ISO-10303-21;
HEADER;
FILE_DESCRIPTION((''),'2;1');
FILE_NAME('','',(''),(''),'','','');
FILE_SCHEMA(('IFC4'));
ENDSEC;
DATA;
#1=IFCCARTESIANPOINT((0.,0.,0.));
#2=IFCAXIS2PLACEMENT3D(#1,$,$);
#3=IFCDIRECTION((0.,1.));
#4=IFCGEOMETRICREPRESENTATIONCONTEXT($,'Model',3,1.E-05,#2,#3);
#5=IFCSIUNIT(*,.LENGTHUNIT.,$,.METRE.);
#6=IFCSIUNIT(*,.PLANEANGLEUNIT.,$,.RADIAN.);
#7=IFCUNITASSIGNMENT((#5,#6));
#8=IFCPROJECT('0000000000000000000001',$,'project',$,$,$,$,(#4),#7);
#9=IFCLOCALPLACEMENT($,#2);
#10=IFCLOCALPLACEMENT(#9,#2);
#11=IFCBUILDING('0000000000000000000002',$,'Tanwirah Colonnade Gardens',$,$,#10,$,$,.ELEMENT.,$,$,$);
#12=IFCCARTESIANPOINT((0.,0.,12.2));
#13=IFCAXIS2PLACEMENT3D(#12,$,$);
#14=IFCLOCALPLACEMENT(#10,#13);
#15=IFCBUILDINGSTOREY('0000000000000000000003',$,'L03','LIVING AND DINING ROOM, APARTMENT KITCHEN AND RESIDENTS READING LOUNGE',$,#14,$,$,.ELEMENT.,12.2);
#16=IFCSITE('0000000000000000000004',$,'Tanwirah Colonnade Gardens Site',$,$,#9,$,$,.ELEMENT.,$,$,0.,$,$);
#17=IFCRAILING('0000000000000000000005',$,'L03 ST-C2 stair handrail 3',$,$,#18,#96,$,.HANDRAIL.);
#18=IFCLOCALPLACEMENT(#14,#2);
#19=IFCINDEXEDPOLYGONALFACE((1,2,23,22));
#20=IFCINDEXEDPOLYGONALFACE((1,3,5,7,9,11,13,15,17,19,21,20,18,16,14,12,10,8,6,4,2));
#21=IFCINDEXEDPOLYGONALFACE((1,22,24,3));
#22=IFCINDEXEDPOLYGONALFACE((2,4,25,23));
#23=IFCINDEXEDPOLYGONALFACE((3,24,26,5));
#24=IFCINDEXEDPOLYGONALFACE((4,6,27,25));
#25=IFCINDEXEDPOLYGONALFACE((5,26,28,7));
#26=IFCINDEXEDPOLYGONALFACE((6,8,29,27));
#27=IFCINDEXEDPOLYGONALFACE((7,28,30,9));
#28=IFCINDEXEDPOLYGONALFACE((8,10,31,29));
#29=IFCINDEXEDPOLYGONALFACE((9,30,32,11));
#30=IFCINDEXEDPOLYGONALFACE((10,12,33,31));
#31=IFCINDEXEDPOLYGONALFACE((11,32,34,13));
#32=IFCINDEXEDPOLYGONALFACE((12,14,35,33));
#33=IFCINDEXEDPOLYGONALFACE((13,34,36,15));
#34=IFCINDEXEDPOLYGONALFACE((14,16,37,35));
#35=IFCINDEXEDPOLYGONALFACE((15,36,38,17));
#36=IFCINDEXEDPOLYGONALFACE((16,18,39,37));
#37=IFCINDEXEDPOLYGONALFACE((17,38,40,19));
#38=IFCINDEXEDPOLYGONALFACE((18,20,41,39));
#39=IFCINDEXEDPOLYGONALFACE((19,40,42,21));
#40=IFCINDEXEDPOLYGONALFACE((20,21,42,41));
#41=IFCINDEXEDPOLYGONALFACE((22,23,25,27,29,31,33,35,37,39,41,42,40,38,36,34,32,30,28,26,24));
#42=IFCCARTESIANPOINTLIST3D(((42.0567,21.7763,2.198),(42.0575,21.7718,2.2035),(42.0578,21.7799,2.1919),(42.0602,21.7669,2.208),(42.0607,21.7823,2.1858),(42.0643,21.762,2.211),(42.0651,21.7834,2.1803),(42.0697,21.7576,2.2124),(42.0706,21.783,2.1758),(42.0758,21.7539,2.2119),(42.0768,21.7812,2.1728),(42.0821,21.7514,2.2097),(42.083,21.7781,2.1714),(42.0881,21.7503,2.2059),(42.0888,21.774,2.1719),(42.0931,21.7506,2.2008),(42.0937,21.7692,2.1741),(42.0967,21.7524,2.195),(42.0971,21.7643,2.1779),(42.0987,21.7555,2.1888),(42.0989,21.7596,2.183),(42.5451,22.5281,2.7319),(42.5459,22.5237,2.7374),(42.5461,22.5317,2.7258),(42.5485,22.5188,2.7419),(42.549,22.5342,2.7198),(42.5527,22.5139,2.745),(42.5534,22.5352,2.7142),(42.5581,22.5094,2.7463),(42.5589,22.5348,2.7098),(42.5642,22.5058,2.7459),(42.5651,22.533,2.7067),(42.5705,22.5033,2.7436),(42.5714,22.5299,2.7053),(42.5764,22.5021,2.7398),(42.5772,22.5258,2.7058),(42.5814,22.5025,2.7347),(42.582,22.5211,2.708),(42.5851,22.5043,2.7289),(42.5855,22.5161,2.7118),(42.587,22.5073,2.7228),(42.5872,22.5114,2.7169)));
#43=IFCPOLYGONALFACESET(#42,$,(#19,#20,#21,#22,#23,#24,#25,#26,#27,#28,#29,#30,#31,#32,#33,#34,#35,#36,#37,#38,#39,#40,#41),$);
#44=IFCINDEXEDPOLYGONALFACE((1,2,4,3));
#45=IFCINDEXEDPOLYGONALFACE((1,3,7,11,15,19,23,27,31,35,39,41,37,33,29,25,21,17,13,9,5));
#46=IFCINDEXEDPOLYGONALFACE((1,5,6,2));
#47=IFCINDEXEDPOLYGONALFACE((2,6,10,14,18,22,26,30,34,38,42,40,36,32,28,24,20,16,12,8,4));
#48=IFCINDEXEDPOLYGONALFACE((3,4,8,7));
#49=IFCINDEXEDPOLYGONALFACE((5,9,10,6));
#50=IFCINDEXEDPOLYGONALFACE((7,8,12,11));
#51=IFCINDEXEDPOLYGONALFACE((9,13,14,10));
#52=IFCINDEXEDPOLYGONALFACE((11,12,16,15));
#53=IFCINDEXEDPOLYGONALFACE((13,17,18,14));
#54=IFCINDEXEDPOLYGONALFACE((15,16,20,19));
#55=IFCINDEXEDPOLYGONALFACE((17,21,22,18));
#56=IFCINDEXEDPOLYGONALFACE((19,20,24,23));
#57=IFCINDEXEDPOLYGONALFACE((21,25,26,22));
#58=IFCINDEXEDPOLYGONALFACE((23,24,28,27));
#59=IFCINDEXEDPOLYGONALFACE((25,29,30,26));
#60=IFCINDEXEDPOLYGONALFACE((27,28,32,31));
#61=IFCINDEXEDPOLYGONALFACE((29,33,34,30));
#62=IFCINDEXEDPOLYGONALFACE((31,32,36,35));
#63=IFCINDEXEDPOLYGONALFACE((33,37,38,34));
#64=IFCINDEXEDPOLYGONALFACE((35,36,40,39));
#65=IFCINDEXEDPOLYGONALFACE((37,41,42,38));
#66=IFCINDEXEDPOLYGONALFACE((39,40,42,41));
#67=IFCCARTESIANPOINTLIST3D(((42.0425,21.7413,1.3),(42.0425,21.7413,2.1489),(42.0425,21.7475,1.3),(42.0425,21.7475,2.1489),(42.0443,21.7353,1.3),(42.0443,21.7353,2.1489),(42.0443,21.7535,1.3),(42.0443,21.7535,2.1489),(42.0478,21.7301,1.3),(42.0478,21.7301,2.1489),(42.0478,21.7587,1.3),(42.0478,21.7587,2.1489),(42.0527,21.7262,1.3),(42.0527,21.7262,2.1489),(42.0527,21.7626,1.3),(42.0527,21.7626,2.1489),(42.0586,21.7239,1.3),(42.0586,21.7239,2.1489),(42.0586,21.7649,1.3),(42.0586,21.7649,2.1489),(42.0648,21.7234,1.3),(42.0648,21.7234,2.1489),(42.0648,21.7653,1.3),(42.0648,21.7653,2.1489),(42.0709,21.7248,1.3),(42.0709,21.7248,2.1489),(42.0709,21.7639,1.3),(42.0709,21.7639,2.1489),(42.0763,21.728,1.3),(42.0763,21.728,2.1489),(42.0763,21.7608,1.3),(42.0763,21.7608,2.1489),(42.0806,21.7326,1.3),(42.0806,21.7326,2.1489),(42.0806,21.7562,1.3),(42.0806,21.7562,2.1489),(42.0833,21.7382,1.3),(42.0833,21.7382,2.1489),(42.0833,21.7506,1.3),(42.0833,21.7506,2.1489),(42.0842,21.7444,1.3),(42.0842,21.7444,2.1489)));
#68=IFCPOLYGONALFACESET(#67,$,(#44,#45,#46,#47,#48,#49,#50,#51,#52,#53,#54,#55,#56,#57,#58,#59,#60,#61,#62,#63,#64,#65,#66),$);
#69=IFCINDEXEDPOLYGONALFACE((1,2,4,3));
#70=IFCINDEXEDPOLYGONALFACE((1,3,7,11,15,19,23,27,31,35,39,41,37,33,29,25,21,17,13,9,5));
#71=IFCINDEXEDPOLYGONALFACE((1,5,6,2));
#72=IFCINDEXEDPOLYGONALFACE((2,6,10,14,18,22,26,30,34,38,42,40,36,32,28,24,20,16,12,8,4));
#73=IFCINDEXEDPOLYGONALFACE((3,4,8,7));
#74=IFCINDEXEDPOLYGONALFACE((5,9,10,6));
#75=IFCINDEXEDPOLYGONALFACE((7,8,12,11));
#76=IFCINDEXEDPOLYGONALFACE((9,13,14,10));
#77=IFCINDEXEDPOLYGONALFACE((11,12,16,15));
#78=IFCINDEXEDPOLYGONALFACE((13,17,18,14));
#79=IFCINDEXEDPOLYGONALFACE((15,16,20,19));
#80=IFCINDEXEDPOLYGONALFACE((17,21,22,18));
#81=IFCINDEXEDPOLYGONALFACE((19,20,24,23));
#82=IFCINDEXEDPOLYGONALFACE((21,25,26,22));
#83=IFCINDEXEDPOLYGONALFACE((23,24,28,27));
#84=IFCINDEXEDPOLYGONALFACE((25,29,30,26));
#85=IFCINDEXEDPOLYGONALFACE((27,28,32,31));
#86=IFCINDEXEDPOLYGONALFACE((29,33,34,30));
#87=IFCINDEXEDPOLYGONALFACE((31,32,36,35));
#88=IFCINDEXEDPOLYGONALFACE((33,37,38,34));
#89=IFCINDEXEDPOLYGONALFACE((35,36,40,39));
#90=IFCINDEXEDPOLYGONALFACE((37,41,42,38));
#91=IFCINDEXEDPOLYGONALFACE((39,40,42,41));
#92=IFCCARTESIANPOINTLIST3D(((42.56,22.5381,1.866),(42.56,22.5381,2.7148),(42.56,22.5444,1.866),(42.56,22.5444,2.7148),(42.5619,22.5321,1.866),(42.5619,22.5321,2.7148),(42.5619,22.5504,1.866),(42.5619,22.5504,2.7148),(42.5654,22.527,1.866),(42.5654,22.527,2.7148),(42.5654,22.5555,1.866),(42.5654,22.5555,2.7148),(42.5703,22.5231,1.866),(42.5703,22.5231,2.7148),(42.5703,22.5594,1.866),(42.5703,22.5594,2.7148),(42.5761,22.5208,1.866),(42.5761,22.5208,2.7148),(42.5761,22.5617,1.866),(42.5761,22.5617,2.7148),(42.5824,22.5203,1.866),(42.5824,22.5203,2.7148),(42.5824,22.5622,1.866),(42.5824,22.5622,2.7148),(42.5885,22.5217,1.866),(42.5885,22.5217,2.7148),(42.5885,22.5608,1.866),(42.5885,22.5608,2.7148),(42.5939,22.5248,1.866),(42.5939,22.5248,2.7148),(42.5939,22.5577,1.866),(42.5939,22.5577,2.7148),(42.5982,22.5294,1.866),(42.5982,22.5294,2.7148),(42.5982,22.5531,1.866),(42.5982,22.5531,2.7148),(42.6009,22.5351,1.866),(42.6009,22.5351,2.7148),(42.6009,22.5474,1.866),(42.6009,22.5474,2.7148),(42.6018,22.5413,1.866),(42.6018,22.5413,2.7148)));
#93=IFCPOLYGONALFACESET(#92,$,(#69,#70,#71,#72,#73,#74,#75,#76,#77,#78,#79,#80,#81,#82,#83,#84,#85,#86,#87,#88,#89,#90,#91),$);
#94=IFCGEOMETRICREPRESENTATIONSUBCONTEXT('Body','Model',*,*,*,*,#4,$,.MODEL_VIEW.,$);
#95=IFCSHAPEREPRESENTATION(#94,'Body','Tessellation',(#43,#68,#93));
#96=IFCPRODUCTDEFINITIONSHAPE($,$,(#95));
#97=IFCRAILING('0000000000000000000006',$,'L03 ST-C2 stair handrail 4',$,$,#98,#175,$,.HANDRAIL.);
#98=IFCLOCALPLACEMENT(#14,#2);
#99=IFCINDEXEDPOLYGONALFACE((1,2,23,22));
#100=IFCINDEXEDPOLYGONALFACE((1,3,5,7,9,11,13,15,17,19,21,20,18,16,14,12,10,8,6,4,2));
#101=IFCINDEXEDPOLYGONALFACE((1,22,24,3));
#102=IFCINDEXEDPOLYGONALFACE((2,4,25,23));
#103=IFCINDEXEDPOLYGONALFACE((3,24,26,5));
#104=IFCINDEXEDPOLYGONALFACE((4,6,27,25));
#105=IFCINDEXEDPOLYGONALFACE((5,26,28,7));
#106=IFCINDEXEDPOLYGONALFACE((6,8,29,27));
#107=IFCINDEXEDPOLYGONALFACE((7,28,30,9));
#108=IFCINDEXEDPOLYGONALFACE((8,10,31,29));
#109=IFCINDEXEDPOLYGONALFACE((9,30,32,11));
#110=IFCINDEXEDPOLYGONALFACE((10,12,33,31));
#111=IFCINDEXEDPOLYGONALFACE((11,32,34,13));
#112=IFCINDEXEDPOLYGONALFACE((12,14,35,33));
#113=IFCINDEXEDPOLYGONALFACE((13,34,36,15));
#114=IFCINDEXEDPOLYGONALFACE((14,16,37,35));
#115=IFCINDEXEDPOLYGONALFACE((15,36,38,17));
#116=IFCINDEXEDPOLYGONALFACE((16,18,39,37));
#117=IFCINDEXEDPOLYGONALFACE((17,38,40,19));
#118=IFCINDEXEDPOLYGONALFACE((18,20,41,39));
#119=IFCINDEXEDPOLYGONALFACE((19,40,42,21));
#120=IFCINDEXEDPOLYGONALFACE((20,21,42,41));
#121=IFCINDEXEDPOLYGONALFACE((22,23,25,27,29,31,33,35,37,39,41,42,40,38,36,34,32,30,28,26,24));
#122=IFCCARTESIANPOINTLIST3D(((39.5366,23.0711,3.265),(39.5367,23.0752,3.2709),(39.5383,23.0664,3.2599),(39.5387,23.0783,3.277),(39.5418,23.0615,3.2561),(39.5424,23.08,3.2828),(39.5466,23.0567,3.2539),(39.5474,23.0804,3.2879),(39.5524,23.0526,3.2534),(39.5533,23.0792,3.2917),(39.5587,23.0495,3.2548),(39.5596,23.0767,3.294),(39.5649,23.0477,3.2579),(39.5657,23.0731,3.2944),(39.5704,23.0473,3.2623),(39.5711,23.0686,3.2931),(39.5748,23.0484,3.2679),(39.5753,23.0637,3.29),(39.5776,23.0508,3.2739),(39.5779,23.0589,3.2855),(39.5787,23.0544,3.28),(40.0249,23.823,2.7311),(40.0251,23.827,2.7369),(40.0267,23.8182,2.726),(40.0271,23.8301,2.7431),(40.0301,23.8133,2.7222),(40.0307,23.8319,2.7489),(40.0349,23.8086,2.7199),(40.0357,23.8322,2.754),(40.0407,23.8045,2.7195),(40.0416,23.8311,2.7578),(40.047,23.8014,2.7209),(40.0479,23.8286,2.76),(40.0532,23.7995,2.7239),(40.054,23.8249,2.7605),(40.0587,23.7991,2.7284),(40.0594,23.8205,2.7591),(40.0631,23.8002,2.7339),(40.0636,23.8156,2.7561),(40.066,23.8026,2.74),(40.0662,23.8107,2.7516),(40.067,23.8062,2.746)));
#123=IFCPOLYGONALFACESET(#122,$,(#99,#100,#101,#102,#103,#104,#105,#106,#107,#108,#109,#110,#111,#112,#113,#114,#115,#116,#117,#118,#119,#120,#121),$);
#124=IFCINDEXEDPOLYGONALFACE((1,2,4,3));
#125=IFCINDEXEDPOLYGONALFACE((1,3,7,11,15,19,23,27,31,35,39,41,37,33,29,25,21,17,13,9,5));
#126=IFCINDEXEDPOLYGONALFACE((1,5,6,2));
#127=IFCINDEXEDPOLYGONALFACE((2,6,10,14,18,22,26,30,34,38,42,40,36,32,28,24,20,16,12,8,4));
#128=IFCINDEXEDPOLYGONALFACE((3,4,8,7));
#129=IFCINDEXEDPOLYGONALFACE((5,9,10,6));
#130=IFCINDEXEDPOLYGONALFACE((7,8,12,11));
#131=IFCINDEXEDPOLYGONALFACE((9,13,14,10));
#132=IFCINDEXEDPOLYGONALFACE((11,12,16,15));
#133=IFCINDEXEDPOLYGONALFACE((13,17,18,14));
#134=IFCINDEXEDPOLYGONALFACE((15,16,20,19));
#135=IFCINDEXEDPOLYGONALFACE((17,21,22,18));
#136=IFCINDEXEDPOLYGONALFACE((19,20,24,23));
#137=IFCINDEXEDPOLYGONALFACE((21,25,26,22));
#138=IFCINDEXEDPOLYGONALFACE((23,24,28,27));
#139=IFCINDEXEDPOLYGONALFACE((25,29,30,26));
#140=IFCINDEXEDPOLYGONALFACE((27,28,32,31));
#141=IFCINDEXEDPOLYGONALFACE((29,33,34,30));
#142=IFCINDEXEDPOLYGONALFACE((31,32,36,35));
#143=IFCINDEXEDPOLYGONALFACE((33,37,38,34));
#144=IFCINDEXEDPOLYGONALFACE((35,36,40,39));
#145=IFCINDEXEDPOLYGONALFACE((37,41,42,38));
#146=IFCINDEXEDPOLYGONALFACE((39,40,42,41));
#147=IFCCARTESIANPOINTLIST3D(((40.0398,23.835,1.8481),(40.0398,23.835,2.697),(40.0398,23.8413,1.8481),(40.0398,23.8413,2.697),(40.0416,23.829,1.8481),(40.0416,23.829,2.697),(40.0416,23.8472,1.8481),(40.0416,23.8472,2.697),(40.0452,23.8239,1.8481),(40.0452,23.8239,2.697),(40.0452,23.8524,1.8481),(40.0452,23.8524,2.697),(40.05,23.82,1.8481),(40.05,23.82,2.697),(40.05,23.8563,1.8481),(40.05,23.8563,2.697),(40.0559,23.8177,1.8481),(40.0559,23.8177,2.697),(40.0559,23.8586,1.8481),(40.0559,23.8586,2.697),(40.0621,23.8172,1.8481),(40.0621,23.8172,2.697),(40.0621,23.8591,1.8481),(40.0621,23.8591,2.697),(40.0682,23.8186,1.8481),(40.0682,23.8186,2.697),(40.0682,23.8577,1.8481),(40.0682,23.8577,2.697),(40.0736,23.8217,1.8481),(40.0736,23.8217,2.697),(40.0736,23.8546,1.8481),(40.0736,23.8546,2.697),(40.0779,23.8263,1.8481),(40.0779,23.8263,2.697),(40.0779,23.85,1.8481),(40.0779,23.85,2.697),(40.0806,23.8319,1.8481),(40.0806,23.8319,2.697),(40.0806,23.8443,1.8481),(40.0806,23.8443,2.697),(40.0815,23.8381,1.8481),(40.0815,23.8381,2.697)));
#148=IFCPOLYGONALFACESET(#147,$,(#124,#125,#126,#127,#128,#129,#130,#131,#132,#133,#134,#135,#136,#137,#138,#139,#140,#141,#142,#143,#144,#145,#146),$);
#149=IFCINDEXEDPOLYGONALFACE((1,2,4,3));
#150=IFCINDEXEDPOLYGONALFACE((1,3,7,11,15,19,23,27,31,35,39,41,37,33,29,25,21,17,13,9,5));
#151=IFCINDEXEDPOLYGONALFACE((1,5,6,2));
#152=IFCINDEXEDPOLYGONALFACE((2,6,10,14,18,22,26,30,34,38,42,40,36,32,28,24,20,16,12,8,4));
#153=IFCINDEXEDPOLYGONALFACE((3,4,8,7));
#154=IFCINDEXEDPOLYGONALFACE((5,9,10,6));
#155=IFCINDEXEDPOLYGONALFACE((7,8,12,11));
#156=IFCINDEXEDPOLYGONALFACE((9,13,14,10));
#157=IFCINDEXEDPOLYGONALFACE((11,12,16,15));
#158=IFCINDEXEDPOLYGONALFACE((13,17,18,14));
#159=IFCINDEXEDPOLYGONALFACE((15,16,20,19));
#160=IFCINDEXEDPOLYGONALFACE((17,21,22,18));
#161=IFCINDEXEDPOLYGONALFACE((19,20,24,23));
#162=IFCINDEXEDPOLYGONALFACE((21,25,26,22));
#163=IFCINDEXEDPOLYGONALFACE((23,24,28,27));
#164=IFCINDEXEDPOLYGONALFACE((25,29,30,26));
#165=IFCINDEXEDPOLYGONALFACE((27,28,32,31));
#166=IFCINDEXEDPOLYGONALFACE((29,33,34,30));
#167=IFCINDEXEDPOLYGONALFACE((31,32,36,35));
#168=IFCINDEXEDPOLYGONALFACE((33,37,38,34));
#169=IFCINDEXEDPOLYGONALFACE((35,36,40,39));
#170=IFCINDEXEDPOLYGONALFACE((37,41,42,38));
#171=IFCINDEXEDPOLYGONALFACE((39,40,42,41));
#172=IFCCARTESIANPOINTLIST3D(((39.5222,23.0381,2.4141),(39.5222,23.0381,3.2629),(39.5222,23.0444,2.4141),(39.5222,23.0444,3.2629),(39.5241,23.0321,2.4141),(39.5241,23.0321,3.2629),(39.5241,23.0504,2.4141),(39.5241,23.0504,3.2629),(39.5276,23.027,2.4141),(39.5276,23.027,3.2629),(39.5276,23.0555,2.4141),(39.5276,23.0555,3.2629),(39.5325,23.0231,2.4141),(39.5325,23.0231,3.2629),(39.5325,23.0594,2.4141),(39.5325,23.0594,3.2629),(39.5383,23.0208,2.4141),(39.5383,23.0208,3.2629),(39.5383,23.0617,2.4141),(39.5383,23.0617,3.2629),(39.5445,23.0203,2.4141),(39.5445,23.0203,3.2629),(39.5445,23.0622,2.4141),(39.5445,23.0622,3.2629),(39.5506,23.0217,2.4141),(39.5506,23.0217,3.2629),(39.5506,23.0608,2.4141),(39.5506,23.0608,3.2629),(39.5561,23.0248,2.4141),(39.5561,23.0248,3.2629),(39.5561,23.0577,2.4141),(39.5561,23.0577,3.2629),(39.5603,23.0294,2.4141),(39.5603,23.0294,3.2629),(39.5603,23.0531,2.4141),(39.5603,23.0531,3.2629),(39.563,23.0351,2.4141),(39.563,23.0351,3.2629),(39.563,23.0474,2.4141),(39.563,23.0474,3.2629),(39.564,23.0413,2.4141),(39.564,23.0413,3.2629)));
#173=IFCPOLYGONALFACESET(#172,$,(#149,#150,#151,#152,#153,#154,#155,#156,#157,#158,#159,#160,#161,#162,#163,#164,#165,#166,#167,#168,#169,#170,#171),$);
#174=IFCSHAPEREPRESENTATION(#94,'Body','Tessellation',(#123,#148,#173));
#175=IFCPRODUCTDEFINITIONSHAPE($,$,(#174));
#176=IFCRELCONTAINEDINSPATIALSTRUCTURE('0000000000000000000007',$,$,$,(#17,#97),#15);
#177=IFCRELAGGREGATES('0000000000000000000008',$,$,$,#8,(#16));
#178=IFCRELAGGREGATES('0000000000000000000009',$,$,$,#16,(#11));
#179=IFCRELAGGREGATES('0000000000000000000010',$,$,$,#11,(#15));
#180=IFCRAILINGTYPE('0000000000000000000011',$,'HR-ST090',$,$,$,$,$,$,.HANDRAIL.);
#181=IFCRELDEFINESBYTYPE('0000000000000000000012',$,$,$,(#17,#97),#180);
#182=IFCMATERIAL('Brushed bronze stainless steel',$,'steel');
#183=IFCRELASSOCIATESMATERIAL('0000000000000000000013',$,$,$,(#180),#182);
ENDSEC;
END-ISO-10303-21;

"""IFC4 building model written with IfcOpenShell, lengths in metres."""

from ifc_helpers import new_model, si_unit, direction, frame, origin, origin_2d, place, context, subcontext, project, spatial, circle, extrude, material, type_object, element, save


model = new_model("IFC4")

# Units and contexts
model_context = context("Model", 3, precision=1e-05, world=origin(), true_north=direction((0.0, 1.0)))
body_context = subcontext(model_context, "Body", "Model", "MODEL_VIEW")
ifc_project = project(units=[si_unit("LENGTHUNIT", "METRE"), si_unit("PLANEANGLEUNIT", "RADIAN")], contexts=[model_context])

# Site, building, storey
site_placement = place(None, origin())
site = spatial("IfcSite", under=ifc_project, at=site_placement, Name="Tanwirah Colonnade Gardens Site", CompositionType="ELEMENT", RefElevation=0.0)
building_placement = place(site_placement, origin())
building = spatial("IfcBuilding", under=site, at=building_placement, Name="Tanwirah Colonnade Gardens", CompositionType="ELEMENT")
storey_placement = place(building_placement, frame((0.0, 0.0, 12.2)))
storey = spatial("IfcBuildingStorey", under=building, at=storey_placement, Name="L03", Description="LIVING AND DINING ROOM, APARTMENT KITCHEN AND RESIDENTS READING LOUNGE", CompositionType="ELEMENT", Elevation=12.2)

# Railings
ifc_material_1 = material(Name="Brushed bronze stainless steel", Category="steel")
railing_type_1 = type_object("IfcRailingType", Name="HR-ST090", PredefinedType="HANDRAIL", material=ifc_material_1)
railing_1_placement = place(storey_placement, frame((42.0632, 21.7444, 1.3)))
element("IfcRailing", 1, at=railing_1_placement, inside=storey, type_object=railing_type_1, Name="L03 ST-C2 stair handrail 3", PredefinedType="HANDRAIL", context=body_context, shape_type="SweptSolid", body=[
    extrude(circle(Radius=0.0239, at=origin_2d()), frame((0.0146, 0.0225, 0.8918), z_axis=(0.467988, 0.720524, 0.511696), x_axis=(-0.838631, 0.544699, 0.0)), (0.0, 0.0, 1.0), 1.0435),
    extrude(circle(Radius=0.021, at=origin_2d()), origin(), (0.0, 0.0, 1.0), 0.8489),
    extrude(circle(Radius=0.021, at=origin_2d()), frame((0.5176, 0.7969, 0.5659)), (0.0, 0.0, 1.0), 0.8489),
])
railing_2_placement = place(storey_placement, frame((40.0605, 23.8381, 1.8481)))
element("IfcRailing", 2, at=railing_2_placement, inside=storey, type_object=railing_type_1, Name="L03 ST-C2 stair handrail 4", PredefinedType="HANDRAIL", context=body_context, shape_type="SweptSolid", body=[
    extrude(circle(Radius=0.0239, at=origin_2d()), frame((-0.0146, -0.0225, 0.8918), z_axis=(-0.467988, -0.720524, 0.511696), x_axis=(0.838631, -0.544699, 0.0)), (0.0, 0.0, 1.0), 1.0435),
    extrude(circle(Radius=0.021, at=origin_2d()), origin(), (0.0, 0.0, 1.0), 0.8489),
    extrude(circle(Radius=0.021, at=origin_2d()), frame((-0.5176, -0.7969, 0.5659)), (0.0, 0.0, 1.0), 0.8489),
])

save(model, "model.ifc")
